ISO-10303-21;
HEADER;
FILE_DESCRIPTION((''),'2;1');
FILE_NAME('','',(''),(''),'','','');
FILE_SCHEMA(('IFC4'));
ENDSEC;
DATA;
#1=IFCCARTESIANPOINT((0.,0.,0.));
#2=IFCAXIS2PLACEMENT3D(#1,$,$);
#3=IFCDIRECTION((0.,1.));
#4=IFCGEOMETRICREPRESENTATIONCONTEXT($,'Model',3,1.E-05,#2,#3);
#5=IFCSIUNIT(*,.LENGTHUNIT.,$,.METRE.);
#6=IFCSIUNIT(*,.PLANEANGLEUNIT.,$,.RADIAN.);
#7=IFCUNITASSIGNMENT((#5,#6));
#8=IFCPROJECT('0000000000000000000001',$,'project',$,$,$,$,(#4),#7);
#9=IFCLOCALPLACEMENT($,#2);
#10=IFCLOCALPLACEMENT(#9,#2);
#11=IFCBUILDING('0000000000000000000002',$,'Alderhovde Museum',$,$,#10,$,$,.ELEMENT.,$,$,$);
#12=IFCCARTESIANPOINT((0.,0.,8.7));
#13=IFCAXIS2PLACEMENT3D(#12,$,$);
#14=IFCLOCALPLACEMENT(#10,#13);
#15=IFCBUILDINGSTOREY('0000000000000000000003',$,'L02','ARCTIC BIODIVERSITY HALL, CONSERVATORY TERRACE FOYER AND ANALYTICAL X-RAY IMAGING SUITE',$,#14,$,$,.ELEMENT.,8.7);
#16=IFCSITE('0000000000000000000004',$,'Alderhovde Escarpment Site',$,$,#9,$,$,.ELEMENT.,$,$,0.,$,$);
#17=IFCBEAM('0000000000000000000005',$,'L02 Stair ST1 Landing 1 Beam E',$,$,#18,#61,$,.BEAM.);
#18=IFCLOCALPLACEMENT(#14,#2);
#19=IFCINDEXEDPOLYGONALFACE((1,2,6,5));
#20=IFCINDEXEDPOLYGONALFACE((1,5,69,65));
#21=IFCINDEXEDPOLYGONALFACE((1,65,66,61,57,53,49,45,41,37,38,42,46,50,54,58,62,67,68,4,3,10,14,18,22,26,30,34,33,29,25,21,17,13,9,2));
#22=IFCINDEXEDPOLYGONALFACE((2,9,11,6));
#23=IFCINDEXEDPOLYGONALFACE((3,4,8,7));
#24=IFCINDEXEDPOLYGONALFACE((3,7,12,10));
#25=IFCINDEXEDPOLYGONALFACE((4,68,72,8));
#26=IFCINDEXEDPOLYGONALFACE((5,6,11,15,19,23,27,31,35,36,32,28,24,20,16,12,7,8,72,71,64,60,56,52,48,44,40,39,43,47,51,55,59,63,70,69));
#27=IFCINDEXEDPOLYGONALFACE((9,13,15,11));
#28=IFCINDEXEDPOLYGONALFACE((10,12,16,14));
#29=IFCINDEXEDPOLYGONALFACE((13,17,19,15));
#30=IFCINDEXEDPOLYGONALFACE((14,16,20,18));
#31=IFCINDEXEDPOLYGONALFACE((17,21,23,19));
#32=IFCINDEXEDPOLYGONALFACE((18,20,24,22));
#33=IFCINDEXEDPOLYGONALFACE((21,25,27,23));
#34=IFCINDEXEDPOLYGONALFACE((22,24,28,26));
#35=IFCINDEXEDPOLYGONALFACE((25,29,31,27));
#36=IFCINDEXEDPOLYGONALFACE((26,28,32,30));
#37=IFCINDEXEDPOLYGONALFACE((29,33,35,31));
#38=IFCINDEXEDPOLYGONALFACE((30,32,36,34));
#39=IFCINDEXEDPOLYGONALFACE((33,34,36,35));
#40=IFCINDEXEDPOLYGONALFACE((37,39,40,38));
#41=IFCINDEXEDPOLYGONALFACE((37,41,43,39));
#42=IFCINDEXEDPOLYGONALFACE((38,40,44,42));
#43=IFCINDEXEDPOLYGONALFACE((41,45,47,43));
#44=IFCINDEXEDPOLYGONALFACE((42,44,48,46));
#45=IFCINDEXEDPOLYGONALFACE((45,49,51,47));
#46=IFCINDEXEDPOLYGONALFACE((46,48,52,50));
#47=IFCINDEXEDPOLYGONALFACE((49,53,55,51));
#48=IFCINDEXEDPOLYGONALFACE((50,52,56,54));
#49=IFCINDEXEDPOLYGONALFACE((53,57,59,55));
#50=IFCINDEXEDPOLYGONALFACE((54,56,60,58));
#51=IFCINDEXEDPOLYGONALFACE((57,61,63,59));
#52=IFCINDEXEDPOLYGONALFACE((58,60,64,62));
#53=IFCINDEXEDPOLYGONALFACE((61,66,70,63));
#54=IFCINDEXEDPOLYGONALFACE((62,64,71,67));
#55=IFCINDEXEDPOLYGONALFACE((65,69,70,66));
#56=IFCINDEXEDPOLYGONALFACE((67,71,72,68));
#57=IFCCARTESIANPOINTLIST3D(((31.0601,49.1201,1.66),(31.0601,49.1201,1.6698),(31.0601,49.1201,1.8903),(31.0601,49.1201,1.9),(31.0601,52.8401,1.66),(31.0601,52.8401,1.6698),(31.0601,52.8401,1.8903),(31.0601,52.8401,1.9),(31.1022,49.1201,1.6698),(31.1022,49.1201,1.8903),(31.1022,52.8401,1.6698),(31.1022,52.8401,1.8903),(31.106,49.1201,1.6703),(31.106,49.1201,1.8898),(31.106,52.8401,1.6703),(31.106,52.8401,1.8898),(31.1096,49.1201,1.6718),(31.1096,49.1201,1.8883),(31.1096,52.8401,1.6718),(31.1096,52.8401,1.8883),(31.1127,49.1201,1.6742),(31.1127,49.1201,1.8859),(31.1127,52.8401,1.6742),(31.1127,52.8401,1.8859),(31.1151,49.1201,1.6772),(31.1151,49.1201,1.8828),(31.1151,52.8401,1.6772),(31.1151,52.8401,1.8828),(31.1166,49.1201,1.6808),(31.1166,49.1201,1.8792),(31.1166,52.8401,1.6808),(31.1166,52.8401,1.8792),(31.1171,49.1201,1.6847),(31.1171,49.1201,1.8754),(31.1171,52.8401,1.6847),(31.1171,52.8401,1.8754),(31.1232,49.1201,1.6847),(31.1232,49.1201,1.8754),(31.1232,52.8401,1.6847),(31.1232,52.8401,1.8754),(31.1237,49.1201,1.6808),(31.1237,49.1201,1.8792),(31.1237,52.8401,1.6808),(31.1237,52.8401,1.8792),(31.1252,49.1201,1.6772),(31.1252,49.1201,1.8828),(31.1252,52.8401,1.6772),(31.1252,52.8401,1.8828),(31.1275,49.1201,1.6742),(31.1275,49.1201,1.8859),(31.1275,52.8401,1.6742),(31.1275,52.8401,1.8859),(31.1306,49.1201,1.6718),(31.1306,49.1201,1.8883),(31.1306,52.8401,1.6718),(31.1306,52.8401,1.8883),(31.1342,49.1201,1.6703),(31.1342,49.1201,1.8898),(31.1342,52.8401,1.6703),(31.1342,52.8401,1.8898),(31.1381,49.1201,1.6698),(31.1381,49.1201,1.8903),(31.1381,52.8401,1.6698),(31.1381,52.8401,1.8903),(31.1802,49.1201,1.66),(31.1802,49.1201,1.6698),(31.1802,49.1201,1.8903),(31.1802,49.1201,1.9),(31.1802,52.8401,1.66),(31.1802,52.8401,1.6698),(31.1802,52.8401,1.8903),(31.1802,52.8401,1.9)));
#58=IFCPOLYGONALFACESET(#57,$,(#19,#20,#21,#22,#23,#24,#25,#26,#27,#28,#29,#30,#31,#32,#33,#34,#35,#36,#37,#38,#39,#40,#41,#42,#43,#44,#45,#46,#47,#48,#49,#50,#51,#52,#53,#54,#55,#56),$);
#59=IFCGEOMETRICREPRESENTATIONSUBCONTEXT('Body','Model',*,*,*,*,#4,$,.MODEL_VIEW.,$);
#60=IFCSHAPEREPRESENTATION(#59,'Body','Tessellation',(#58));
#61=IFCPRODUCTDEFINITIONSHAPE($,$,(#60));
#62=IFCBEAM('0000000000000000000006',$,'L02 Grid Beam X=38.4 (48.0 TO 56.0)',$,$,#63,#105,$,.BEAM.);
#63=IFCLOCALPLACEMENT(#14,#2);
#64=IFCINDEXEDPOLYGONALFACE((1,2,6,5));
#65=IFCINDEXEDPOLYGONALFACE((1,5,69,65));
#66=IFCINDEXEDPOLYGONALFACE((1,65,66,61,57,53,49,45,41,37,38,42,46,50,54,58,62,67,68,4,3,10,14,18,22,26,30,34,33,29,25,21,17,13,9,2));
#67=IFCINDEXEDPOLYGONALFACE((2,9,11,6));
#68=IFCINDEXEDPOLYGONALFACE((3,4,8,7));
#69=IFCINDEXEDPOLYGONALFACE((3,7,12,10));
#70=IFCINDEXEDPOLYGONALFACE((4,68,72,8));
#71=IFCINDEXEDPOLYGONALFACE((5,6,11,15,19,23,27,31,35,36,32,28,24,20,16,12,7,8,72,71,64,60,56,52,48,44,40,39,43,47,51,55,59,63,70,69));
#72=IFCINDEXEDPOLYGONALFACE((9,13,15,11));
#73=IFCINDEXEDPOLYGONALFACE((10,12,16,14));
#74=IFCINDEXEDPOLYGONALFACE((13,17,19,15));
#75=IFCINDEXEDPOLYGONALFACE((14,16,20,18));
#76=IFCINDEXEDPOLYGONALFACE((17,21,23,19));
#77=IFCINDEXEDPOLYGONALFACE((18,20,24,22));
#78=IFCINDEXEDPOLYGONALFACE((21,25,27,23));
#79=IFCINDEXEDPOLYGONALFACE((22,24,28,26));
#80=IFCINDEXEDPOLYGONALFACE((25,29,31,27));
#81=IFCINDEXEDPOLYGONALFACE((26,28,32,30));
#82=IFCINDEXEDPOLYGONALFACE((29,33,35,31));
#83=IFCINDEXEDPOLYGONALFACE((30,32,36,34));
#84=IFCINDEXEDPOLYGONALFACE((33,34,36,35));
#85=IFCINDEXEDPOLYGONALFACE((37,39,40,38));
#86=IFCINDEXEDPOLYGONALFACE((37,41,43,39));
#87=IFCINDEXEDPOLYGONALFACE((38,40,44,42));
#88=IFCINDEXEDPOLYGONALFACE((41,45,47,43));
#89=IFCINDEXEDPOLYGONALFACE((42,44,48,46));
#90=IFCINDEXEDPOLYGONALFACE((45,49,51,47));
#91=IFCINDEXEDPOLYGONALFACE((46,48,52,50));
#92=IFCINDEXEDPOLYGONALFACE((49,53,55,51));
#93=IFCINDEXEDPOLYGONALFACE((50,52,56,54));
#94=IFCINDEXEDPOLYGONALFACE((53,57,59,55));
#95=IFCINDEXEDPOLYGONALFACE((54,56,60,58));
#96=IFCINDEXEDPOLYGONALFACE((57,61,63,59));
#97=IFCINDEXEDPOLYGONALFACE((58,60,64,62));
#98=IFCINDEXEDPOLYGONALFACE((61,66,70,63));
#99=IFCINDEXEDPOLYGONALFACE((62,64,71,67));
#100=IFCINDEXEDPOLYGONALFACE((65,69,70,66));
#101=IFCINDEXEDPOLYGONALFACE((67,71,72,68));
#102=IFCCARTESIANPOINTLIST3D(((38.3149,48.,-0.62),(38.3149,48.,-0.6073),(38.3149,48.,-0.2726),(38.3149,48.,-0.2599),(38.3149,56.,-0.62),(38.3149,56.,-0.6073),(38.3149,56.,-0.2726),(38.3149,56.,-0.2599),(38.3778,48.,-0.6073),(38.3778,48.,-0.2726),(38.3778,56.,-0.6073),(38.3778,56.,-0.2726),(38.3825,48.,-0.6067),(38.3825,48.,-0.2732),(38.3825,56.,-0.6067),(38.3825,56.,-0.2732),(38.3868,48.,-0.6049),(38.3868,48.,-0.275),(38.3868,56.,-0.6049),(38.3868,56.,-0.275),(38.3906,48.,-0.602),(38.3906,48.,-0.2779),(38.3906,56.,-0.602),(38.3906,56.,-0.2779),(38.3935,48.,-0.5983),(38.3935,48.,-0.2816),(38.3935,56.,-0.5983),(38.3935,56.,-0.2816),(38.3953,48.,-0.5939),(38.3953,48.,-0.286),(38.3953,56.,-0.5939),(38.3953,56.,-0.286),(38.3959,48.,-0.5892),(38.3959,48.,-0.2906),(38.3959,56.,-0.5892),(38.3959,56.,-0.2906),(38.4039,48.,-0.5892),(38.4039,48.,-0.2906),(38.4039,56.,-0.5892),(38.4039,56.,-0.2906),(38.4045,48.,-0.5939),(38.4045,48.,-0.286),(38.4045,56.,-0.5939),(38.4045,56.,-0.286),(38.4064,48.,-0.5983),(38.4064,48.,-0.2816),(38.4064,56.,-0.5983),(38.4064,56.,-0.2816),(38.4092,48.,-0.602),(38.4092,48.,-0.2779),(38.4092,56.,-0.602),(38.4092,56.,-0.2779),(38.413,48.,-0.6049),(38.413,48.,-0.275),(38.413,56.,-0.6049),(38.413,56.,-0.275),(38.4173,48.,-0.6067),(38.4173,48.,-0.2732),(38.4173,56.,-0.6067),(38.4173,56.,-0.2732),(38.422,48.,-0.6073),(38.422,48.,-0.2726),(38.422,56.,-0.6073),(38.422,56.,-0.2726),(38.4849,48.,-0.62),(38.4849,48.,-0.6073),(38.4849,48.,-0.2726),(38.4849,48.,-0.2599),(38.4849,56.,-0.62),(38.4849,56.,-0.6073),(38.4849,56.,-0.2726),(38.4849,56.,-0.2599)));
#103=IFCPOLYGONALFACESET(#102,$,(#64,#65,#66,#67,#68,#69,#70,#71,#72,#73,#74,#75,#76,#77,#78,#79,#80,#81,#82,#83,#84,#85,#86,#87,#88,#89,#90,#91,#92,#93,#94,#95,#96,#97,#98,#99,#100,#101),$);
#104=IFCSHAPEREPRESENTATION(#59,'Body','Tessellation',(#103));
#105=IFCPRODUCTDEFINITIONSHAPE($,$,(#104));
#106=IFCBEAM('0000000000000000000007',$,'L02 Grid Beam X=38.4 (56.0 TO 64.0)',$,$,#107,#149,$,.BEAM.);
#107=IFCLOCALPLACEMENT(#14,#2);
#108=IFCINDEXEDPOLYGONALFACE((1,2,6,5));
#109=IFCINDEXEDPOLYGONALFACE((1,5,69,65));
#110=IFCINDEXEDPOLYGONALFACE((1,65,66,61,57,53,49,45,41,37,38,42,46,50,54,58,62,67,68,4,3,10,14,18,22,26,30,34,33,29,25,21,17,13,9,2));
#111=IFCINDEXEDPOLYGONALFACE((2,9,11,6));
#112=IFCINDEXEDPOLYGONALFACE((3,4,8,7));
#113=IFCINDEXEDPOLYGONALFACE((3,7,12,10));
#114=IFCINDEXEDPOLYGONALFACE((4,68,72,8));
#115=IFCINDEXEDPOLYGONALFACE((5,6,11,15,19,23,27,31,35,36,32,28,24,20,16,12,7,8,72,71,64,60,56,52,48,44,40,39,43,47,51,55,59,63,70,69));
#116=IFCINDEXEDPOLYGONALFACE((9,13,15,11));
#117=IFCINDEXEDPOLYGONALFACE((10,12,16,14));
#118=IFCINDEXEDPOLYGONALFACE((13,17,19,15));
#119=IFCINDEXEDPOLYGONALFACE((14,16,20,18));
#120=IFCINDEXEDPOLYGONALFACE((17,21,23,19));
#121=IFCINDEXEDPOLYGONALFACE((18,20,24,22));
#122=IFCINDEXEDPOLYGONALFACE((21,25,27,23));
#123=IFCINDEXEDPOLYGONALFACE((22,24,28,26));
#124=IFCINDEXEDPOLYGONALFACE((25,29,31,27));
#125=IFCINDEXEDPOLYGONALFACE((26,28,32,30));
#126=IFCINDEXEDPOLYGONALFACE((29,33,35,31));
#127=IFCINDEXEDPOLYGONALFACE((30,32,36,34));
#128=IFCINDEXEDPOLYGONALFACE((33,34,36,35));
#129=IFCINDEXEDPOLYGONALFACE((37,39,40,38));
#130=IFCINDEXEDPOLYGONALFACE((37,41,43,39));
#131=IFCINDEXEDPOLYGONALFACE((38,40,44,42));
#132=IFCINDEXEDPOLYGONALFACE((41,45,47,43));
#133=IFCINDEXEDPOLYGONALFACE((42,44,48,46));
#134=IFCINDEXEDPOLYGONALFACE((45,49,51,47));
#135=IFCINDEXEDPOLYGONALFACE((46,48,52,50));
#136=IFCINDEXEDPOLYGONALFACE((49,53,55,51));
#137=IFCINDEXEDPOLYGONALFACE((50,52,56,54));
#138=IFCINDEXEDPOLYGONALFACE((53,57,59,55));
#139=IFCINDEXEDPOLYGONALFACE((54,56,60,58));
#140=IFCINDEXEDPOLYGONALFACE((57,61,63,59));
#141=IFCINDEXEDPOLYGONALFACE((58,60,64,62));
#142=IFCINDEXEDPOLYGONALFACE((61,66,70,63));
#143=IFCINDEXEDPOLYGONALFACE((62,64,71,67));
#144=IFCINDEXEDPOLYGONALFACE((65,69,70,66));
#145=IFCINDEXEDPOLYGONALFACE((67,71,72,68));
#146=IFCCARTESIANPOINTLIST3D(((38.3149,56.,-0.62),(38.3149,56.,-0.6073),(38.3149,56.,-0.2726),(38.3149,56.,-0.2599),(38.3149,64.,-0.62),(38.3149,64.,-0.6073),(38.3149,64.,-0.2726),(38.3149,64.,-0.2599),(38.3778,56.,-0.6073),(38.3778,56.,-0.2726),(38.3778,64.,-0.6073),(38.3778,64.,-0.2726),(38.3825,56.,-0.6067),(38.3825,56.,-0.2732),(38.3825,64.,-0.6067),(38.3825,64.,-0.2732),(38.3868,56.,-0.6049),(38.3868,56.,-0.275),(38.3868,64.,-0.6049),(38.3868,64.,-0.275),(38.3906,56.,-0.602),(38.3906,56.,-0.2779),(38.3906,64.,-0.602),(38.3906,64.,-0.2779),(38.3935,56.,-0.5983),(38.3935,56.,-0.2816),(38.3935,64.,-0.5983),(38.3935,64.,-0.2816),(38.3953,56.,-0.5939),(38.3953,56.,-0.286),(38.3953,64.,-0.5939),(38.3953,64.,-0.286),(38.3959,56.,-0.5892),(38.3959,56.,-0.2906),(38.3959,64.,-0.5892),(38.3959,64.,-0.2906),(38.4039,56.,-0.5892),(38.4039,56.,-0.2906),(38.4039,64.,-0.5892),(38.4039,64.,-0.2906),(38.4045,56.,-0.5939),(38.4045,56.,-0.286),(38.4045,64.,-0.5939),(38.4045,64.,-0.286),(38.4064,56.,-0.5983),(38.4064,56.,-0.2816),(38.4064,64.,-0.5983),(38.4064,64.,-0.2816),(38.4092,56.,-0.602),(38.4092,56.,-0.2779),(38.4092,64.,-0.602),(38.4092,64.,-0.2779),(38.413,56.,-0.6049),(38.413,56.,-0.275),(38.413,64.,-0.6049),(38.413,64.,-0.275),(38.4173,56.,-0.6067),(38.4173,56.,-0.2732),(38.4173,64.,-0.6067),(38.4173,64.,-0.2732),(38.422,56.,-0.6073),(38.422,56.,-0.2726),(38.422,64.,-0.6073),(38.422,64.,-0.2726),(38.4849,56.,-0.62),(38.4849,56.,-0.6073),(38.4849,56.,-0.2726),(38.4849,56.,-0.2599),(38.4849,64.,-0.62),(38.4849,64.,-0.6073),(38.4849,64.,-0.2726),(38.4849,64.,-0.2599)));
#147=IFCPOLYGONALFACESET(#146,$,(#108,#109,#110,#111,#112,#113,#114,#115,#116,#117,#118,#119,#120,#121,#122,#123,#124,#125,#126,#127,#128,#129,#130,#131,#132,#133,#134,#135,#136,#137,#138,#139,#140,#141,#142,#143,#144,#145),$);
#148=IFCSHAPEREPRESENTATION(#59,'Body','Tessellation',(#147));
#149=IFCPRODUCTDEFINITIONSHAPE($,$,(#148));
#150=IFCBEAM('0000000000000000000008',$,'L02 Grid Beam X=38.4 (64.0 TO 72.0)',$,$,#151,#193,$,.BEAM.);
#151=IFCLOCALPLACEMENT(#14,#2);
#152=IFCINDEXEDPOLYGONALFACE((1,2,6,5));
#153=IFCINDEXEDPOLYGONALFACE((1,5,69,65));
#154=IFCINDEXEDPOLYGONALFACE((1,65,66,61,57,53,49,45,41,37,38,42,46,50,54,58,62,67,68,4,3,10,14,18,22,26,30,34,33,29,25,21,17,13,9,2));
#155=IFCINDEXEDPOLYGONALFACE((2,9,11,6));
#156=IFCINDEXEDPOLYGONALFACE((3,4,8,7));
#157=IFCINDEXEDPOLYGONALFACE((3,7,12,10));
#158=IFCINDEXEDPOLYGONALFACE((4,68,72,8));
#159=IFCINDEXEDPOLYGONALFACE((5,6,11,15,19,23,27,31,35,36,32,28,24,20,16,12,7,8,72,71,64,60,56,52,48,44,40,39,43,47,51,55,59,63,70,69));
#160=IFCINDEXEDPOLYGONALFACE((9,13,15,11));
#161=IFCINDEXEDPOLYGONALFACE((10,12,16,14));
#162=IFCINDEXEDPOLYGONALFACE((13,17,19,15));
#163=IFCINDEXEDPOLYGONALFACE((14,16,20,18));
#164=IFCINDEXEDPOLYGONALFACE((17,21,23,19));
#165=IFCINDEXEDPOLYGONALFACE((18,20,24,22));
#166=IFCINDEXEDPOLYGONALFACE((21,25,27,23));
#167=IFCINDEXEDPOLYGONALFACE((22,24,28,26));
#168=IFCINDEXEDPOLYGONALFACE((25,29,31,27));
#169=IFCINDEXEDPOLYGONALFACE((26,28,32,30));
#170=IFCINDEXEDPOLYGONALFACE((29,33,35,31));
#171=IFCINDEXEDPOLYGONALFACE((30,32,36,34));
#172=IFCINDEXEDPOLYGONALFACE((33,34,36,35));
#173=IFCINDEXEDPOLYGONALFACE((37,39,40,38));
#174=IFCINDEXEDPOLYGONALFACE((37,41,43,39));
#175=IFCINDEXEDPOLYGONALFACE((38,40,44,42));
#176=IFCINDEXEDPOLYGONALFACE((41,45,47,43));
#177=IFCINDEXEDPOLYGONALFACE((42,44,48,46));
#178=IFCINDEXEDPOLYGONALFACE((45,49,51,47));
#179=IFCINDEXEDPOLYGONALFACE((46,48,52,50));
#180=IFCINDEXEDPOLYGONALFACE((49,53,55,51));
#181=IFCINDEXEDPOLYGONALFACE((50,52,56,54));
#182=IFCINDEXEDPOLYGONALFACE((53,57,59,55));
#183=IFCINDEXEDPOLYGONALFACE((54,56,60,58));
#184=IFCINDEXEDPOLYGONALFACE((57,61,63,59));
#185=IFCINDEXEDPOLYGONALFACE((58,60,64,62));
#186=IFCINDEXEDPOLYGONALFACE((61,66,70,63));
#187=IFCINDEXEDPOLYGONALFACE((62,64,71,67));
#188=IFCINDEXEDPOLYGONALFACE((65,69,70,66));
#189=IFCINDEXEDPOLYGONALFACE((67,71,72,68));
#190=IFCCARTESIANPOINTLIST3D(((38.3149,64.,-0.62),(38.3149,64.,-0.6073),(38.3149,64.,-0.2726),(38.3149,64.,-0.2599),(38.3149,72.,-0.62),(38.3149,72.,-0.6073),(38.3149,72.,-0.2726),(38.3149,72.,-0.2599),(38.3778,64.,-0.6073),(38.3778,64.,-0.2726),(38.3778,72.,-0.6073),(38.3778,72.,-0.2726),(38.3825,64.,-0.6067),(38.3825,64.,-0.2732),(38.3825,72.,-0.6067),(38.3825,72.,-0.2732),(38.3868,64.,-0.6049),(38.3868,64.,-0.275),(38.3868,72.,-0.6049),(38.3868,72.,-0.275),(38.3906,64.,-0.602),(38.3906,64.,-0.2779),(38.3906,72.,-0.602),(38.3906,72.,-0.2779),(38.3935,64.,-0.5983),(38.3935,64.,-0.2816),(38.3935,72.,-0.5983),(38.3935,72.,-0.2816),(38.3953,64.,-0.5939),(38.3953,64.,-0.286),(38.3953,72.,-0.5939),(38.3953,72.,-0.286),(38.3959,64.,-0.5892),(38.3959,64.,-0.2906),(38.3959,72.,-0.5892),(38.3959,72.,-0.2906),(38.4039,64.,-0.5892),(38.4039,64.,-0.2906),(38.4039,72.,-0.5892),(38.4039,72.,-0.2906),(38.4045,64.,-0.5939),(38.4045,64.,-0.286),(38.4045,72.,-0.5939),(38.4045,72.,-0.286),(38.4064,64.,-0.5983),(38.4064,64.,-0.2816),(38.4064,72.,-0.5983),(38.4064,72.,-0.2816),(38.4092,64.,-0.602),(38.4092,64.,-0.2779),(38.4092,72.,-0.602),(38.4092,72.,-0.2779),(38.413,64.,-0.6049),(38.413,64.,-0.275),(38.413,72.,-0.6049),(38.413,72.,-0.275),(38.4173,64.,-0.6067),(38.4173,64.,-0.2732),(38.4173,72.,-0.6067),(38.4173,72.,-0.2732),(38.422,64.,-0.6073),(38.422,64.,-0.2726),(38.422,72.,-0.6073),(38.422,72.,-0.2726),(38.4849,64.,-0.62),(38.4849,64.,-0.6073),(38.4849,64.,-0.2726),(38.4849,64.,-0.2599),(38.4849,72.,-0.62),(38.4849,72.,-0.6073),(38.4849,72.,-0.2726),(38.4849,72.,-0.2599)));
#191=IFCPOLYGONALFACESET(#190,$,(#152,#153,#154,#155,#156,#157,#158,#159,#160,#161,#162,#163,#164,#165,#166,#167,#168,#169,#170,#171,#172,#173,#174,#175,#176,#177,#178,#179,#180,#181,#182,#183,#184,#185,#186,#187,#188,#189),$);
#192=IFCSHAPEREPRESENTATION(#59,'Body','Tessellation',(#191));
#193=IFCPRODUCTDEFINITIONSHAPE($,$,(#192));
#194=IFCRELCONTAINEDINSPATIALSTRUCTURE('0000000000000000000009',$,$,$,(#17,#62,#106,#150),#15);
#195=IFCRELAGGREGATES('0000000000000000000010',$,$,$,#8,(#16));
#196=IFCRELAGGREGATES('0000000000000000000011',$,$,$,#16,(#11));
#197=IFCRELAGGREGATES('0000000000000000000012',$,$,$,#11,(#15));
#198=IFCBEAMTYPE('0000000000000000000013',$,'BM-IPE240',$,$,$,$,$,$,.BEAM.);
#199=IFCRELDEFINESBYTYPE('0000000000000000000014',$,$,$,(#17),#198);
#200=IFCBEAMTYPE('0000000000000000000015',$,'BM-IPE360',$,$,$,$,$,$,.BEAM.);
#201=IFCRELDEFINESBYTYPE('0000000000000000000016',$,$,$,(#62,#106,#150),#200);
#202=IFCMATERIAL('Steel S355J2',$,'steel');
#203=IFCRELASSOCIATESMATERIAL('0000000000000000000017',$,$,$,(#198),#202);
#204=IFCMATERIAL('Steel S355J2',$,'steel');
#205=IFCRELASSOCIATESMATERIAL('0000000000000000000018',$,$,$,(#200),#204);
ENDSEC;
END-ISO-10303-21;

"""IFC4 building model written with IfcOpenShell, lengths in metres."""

from ifc_helpers import new_model, si_unit, direction, frame, origin, origin_2d, place, context, subcontext, project, spatial, i_section, extrude, material, material_profile, profile_set, type_object, element, save


model = new_model("IFC4")

# Units and contexts
model_context = context("Model", 3, precision=1e-05, world=origin(), true_north=direction((0.0, 1.0)))
body_context = subcontext(model_context, "Body", "Model", "MODEL_VIEW")
ifc_project = project(units=[si_unit("LENGTHUNIT", "METRE"), si_unit("PLANEANGLEUNIT", "RADIAN")], contexts=[model_context])

# Site, building, storey
site_placement = place(None, origin())
site = spatial("IfcSite", under=ifc_project, at=site_placement, Name="Alderhovde Escarpment Site", CompositionType="ELEMENT", RefElevation=0.0)
building_placement = place(site_placement, origin())
building = spatial("IfcBuilding", under=site, at=building_placement, Name="Alderhovde Museum", CompositionType="ELEMENT")
storey_placement = place(building_placement, frame((0.0, 0.0, 8.7)))
storey = spatial("IfcBuildingStorey", under=building, at=storey_placement, Name="L02", Description="ARCTIC BIODIVERSITY HALL, CONSERVATORY TERRACE FOYER AND ANALYTICAL X-RAY IMAGING SUITE", CompositionType="ELEMENT", Elevation=8.7)

# Beams
ifc_material_1 = material(Name="Steel S355J2", Category="steel")
ifc_material_profile_1 = material_profile(ifc_material_1, i_section(OverallWidth=0.1201, OverallDepth=0.24, WebThickness=0.0061, FlangeThickness=0.0098, FilletRadius=0.0149, at=origin_2d()), Name="IPE 240")
ifc_profile_set_1 = profile_set([ifc_material_profile_1], Name="Steel S355J2")
beam_type_1 = type_object("IfcBeamType", Name="BM-IPE240", PredefinedType="BEAM", material=ifc_profile_set_1)
for number, where, z_axis, x_axis, name in (
    (1, (31.1201, 49.1201, 1.78), (0.0, 1.0, 0.0), (-1.0, 0.0, 0.0), "L02 Stair ST1 Landing 1 Beam E"),
):
    element("IfcBeam", number, at=place(storey_placement, frame(where, z_axis=z_axis, x_axis=x_axis)), inside=storey, type_object=beam_type_1, Name=name, PredefinedType="BEAM", context=body_context, shape_type="SweptSolid", body=[
        extrude(i_section(OverallWidth=0.1201, OverallDepth=0.24, WebThickness=0.0061, FlangeThickness=0.0098, FilletRadius=0.0149, at=origin_2d()), origin(), (0.0, 0.0, 1.0), 3.72),
    ])
ifc_material_2 = material(Name="Steel S355J2", Category="steel")
ifc_material_profile_2 = material_profile(ifc_material_2, i_section(OverallWidth=0.1699, OverallDepth=0.3601, WebThickness=0.0081, FlangeThickness=0.0127, FilletRadius=0.0181, at=origin_2d()), Name="IPE 360")
ifc_profile_set_2 = profile_set([ifc_material_profile_2], Name="Steel S355J2")
beam_type_2 = type_object("IfcBeamType", Name="BM-IPE360", PredefinedType="BEAM", material=ifc_profile_set_2)
for number, where, z_axis, x_axis, name in (
    (2, (38.3999, 48.0, -0.4399), (0.0, 1.0, 0.0), (-1.0, 0.0, 0.0), "L02 Grid Beam X=38.4 (48.0 TO 56.0)"),
    (3, (38.3999, 56.0, -0.4399), (0.0, 1.0, 0.0), (-1.0, 0.0, 0.0), "L02 Grid Beam X=38.4 (56.0 TO 64.0)"),
    (4, (38.3999, 64.0, -0.4399), (0.0, 1.0, 0.0), (-1.0, 0.0, 0.0), "L02 Grid Beam X=38.4 (64.0 TO 72.0)"),
):
    element("IfcBeam", number, at=place(storey_placement, frame(where, z_axis=z_axis, x_axis=x_axis)), inside=storey, type_object=beam_type_2, Name=name, PredefinedType="BEAM", context=body_context, shape_type="SweptSolid", body=[
        extrude(i_section(OverallWidth=0.1699, OverallDepth=0.3601, WebThickness=0.0081, FlangeThickness=0.0127, FilletRadius=0.0181, at=origin_2d()), origin(), (0.0, 0.0, 1.0), 8.0),
    ])

save(model, "model.ifc")
